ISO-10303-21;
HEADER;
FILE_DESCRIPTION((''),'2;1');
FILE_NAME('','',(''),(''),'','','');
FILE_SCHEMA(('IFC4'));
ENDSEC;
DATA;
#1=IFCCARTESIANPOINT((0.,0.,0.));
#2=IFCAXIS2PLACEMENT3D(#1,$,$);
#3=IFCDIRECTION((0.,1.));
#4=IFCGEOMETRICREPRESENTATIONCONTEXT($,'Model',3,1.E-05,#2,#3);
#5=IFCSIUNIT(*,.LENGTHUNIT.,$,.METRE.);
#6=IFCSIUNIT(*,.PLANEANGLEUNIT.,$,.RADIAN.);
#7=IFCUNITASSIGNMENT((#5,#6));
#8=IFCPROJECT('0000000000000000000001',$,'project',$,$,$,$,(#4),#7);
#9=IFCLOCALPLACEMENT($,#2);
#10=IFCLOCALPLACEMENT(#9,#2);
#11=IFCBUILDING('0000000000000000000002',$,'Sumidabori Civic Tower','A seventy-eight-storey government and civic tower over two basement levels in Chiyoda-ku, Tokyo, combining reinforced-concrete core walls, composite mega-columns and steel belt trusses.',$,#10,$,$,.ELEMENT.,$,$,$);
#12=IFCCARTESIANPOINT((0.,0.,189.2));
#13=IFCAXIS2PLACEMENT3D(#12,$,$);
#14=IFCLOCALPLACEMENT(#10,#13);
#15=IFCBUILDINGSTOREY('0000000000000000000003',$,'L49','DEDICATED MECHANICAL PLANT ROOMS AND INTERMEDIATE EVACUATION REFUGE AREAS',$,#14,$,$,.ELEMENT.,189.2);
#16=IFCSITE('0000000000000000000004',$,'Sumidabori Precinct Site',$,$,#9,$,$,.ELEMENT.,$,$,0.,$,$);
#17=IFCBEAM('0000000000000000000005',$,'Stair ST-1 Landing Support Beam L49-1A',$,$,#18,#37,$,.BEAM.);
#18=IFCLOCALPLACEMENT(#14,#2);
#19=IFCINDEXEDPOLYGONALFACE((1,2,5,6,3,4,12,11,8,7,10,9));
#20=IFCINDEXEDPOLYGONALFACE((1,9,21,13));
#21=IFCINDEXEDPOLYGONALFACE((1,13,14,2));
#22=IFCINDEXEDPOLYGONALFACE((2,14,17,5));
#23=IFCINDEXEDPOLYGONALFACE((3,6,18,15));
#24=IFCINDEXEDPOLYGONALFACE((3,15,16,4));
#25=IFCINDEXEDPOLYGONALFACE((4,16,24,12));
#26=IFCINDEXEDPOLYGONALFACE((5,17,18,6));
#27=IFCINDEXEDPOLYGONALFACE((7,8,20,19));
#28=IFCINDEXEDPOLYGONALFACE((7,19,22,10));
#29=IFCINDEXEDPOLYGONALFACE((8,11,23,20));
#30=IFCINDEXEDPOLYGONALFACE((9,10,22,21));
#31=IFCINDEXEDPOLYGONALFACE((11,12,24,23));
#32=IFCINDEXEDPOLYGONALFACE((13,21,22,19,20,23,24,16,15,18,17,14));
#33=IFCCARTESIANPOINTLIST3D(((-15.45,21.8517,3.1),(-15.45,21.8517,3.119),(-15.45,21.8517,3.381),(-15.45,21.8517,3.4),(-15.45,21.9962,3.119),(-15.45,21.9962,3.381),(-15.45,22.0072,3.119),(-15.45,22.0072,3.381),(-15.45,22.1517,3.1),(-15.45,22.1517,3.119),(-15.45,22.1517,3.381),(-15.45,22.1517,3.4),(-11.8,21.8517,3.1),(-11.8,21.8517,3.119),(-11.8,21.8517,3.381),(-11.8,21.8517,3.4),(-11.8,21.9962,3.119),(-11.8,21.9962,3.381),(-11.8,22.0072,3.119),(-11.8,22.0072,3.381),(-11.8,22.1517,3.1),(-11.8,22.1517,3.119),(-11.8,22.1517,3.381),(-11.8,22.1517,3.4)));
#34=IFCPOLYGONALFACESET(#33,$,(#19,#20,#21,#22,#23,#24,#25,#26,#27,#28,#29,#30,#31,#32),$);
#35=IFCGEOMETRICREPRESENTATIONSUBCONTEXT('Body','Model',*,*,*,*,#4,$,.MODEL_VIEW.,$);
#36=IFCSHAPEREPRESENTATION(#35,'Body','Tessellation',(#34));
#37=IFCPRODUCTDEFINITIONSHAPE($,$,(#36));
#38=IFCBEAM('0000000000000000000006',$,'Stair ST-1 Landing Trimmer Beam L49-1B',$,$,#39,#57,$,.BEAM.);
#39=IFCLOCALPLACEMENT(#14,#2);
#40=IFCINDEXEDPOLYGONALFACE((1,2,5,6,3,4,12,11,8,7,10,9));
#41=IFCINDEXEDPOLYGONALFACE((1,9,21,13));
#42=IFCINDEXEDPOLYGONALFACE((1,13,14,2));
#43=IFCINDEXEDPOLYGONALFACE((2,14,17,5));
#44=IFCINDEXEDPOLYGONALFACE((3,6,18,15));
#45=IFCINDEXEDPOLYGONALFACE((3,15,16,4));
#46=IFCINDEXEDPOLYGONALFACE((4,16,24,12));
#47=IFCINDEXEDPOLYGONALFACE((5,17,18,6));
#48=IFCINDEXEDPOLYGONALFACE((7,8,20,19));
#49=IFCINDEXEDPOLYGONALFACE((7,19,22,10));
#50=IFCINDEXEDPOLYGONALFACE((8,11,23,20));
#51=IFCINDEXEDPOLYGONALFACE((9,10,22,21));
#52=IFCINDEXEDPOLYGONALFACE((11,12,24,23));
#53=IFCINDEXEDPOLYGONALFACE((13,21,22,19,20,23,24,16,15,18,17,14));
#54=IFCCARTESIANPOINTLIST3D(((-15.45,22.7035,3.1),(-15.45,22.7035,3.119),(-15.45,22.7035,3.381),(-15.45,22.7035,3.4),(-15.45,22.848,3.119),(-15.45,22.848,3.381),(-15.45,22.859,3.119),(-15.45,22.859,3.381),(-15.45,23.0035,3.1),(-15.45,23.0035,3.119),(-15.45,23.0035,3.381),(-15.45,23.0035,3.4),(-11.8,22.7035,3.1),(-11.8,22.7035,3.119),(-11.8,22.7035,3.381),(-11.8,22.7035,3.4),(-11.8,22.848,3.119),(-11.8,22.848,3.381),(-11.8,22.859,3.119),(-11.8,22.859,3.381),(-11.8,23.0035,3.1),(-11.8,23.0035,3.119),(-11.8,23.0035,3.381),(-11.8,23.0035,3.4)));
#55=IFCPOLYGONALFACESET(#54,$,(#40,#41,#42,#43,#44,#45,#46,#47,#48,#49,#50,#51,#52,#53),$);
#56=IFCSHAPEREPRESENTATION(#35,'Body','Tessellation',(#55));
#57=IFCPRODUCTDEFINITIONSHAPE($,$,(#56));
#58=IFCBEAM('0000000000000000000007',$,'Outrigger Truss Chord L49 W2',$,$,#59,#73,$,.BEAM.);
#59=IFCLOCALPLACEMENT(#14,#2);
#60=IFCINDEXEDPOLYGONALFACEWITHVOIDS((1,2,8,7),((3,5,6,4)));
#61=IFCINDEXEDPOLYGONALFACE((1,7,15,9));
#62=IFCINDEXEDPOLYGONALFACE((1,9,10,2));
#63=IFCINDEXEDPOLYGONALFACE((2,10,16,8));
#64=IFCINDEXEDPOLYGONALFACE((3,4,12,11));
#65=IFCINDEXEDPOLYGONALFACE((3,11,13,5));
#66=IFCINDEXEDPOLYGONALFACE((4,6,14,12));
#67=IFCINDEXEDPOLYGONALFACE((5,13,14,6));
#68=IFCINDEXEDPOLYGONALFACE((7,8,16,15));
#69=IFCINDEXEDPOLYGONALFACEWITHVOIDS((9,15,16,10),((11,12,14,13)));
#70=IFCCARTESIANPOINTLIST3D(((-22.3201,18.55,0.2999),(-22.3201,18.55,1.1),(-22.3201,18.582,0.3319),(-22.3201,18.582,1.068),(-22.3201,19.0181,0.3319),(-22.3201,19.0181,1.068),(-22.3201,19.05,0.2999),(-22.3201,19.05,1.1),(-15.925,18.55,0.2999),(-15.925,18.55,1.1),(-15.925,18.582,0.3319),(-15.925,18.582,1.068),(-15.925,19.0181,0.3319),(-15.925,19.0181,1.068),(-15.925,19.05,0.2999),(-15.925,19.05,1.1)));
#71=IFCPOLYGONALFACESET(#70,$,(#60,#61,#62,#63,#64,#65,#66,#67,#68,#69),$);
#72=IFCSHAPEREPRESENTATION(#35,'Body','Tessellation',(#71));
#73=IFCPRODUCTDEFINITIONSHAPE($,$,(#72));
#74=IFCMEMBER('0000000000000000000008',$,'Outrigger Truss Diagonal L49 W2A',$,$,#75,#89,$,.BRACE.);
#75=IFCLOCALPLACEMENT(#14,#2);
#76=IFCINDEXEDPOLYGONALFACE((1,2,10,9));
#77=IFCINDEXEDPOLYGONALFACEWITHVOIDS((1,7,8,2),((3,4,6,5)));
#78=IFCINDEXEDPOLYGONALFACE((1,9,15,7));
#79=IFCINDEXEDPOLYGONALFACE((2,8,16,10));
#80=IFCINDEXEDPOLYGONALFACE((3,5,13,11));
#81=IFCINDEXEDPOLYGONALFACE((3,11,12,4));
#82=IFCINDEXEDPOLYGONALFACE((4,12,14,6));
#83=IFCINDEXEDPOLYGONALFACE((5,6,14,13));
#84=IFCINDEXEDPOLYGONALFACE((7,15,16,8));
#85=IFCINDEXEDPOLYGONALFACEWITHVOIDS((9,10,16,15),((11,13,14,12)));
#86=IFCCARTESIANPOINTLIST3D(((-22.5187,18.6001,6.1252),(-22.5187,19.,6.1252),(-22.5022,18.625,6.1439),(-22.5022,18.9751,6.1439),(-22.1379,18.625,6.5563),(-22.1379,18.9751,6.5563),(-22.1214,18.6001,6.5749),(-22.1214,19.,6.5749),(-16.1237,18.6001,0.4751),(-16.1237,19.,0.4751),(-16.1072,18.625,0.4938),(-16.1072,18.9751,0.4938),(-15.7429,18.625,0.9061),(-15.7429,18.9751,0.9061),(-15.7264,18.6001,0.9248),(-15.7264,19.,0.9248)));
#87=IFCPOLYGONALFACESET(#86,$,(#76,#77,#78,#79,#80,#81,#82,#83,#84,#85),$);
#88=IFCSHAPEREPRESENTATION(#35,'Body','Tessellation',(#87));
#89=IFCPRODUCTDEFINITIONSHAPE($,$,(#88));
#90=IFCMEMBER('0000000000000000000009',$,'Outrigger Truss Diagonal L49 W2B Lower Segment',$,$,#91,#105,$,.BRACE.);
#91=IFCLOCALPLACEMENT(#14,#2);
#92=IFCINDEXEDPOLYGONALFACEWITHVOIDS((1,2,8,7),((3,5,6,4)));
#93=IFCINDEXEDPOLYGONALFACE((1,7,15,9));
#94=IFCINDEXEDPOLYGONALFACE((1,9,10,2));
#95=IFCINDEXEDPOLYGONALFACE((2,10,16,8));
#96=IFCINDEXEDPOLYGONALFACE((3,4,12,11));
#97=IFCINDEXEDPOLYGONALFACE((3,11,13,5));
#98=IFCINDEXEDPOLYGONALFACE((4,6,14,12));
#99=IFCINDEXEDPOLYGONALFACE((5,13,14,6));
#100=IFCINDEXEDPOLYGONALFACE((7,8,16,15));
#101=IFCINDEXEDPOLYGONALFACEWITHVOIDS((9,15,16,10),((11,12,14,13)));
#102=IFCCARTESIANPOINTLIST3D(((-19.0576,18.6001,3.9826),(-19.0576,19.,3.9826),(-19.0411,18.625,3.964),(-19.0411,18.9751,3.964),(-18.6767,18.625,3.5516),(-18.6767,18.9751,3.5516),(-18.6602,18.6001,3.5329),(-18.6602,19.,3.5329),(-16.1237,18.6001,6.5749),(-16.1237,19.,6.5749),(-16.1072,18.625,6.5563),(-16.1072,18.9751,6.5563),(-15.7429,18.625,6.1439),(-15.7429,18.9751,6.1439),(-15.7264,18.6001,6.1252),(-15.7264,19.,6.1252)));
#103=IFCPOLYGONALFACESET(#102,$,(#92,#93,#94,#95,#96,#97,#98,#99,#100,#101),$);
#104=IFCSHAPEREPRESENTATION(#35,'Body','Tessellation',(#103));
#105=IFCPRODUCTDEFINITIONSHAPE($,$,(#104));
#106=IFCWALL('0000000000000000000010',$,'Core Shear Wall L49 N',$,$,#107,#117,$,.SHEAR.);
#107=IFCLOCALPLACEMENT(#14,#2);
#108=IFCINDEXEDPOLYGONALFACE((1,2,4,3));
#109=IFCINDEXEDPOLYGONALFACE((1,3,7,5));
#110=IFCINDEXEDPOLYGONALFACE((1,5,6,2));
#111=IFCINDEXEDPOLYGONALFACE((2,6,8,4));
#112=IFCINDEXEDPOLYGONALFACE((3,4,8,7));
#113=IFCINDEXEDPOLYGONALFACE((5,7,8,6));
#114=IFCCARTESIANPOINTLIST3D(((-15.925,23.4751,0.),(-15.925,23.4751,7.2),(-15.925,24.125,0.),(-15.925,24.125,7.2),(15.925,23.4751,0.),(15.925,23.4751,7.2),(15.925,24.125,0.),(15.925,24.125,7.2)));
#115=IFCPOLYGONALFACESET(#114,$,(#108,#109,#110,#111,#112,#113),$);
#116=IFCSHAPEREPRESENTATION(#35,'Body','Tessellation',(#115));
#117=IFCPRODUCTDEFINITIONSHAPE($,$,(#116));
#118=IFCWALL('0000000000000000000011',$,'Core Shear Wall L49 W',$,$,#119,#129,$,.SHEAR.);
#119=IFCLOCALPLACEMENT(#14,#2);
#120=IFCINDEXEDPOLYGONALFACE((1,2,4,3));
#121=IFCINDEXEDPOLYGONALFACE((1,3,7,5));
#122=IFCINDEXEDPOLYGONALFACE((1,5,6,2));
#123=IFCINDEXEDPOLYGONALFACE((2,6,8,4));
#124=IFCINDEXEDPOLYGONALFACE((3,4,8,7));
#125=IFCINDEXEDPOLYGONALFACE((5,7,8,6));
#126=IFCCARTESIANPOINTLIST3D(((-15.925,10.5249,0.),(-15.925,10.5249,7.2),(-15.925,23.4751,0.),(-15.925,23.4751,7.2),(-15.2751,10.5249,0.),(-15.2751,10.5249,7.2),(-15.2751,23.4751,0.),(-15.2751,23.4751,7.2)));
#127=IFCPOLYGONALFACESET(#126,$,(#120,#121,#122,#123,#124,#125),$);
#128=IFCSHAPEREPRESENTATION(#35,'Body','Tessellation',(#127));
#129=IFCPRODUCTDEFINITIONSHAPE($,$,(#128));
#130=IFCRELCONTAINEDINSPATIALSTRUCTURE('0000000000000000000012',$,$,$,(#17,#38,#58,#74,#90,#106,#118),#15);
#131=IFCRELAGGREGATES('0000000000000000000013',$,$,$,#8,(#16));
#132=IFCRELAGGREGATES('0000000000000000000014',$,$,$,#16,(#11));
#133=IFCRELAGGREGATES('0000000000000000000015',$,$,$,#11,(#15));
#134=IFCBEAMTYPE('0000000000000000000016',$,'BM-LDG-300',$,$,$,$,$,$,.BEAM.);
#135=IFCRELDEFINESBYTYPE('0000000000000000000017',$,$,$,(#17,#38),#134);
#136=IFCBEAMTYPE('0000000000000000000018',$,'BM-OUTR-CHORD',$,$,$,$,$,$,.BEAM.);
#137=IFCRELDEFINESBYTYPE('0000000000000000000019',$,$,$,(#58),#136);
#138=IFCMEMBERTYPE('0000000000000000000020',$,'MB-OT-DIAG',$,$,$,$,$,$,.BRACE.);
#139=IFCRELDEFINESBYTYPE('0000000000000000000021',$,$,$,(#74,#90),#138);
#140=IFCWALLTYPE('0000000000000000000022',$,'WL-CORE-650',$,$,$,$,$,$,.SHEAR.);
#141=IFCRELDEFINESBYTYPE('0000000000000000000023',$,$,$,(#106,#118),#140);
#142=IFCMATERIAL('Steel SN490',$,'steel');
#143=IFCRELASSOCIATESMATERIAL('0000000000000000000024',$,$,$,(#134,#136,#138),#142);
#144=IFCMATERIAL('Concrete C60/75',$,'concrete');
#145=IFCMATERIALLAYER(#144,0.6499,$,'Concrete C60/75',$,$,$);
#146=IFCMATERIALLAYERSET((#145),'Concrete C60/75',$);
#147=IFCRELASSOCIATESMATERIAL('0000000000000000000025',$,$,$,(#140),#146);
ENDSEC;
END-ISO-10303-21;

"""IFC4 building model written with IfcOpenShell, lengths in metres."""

from ifc_helpers import new_model, si_unit, direction, frame, frame_2d, origin, origin_2d, place, context, subcontext, project, spatial, rectangle, hollow_rectangle, i_section, extrude, source, transform, mapped, material, layer, layer_set, material_profile, profile_set, type_object, element, save


model = new_model("IFC4")

# Units and contexts
model_context = context("Model", 3, precision=1e-05, world=origin(), true_north=direction((0.0, 1.0)))
body_context = subcontext(model_context, "Body", "Model", "MODEL_VIEW")
ifc_project = project(units=[si_unit("LENGTHUNIT", "METRE"), si_unit("PLANEANGLEUNIT", "RADIAN")], contexts=[model_context])

# Site, building, storey
site_placement = place(None, origin())
site = spatial("IfcSite", under=ifc_project, at=site_placement, Name="Sumidabori Precinct Site", CompositionType="ELEMENT", RefElevation=0.0)
building_placement = place(site_placement, origin())
building = spatial("IfcBuilding", under=site, at=building_placement, Name="Sumidabori Civic Tower", Description="A seventy-eight-storey government and civic tower over two basement levels in Chiyoda-ku, Tokyo, combining reinforced-concrete core walls, composite mega-columns and steel belt trusses.", CompositionType="ELEMENT")
storey_placement = place(building_placement, frame((0.0, 0.0, 189.2)))
storey = spatial("IfcBuildingStorey", under=building, at=storey_placement, Name="L49", Description="DEDICATED MECHANICAL PLANT ROOMS AND INTERMEDIATE EVACUATION REFUGE AREAS", CompositionType="ELEMENT", Elevation=189.2)

# Beams
ifc_material_1 = material(Name="Steel SN490", Category="steel")
ifc_material_profile_1 = material_profile(ifc_material_1, i_section(OverallWidth=0.3, OverallDepth=0.3, WebThickness=0.011, FlangeThickness=0.019, at=origin_2d()), Name="HE 300 B")
ifc_profile_set_1 = profile_set([ifc_material_profile_1], Name="Steel SN490")
beam_type_1 = type_object("IfcBeamType", Name="BM-LDG-300", PredefinedType="BEAM", material=ifc_profile_set_1)
shared_shape_1 = source(origin(), body_context, "Body", "SweptSolid", [
    extrude(i_section(OverallWidth=0.3, OverallDepth=0.3, WebThickness=0.011, FlangeThickness=0.019, at=origin_2d()), origin(), (0.0, 0.0, 1.0), 3.6499),
])
for number, where, z_axis, x_axis, name in (
    (1, (-15.45, 22.0017, 3.25), (1.0, 0.0, 0.0), (0.0, 1.0, 0.0), "Stair ST-1 Landing Support Beam L49-1A"),
    (2, (-15.45, 22.8535, 3.25), (1.0, 0.0, 0.0), (0.0, 1.0, 0.0), "Stair ST-1 Landing Trimmer Beam L49-1B"),
):
    element("IfcBeam", number, at=place(storey_placement, frame(where, z_axis=z_axis, x_axis=x_axis)), inside=storey, type_object=beam_type_1, Name=name, PredefinedType="BEAM", context=body_context, shape_type="MappedRepresentation", body=[
        mapped(shared_shape_1, transform((0.0, 0.0, 0.0), x_axis=(1.0, 0.0, 0.0), y_axis=(0.0, 1.0, 0.0), z_axis=(0.0, 0.0, 1.0), scale=1.0)),
    ])
ifc_material_profile_2 = material_profile(ifc_material_1, hollow_rectangle(XDim=0.5, YDim=0.8, WallThickness=0.032, at=origin_2d()), Name="RHS 800x500x32")
ifc_profile_set_2 = profile_set([ifc_material_profile_2], Name="Steel SN490")
beam_type_2 = type_object("IfcBeamType", Name="BM-OUTR-CHORD", PredefinedType="BEAM", material=ifc_profile_set_2)
shared_shape_2 = source(origin(), body_context, "Body", "SweptSolid", [
    extrude(hollow_rectangle(XDim=0.5, YDim=0.8, WallThickness=0.032, at=origin_2d()), origin(), (0.0, 0.0, 1.0), 6.395),
])
beam_placement = place(storey_placement, frame((-15.925, 18.8, 0.7), z_axis=(-1.0, 0.0, 0.0), x_axis=(0.0, -1.0, 0.0)))
element("IfcBeam", 3, at=beam_placement, inside=storey, type_object=beam_type_2, Name="Outrigger Truss Chord L49 W2", PredefinedType="BEAM", context=body_context, shape_type="MappedRepresentation", body=[
    mapped(shared_shape_2, transform((0.0, 0.0, 0.0), x_axis=(1.0, 0.0, 0.0), y_axis=(0.0, 1.0, 0.0), z_axis=(0.0, 0.0, 1.0), scale=1.0)),
])

# Members
ifc_material_profile_3 = material_profile(ifc_material_1, hollow_rectangle(XDim=0.3999, YDim=0.6001, WallThickness=0.0249, at=origin_2d()), Name="RHS 600x400x25")
ifc_profile_set_3 = profile_set([ifc_material_profile_3], Name="Steel SN490")
member_type = type_object("IfcMemberType", Name="MB-OT-DIAG", PredefinedType="BRACE", material=ifc_profile_set_3)
shared_shape_3 = source(origin(), body_context, "Body", "SweptSolid", [
    extrude(hollow_rectangle(XDim=0.3999, YDim=0.6001, WallThickness=0.0249, at=origin_2d()), origin(), (0.0, 0.0, 1.0), 8.5334),
])
member_1_placement = place(storey_placement, frame((-15.925, 18.8, 0.7), z_axis=(-0.749403, 0.0, 0.662114), x_axis=(0.0, -1.0, 0.0)))
element("IfcMember", 4, at=member_1_placement, inside=storey, type_object=member_type, Name="Outrigger Truss Diagonal L49 W2A", PredefinedType="BRACE", context=body_context, shape_type="MappedRepresentation", body=[
    mapped(shared_shape_3, transform((0.0, 0.0, 0.0), x_axis=(1.0, 0.0, 0.0), y_axis=(0.0, 1.0, 0.0), z_axis=(0.0, 0.0, 1.0), scale=1.0)),
])
shared_shape_4 = source(origin(), body_context, "Body", "SweptSolid", [
    extrude(hollow_rectangle(XDim=0.3999, YDim=0.6001, WallThickness=0.0249, at=origin_2d()), origin(), (0.0, 0.0, 1.0), 3.915),
])
member_2_placement = place(storey_placement, frame((-15.925, 18.8, 6.3501), z_axis=(-0.749381, 0.0, -0.662139), x_axis=(0.0, -1.0, 0.0)))
element("IfcMember", 5, at=member_2_placement, inside=storey, type_object=member_type, Name="Outrigger Truss Diagonal L49 W2B Lower Segment", PredefinedType="BRACE", context=body_context, shape_type="MappedRepresentation", body=[
    mapped(shared_shape_4, transform((0.0, 0.0, 0.0), x_axis=(1.0, 0.0, 0.0), y_axis=(0.0, 1.0, 0.0), z_axis=(0.0, 0.0, 1.0), scale=1.0)),
])

# Walls
ifc_material_2 = material(Name="Concrete C60/75", Category="concrete")
ifc_layer_1 = layer(ifc_material_2, 0.6499, Name="Concrete C60/75")
ifc_layer_set_1 = layer_set([ifc_layer_1], Name="Concrete C60/75")
wall_type_1 = type_object("IfcWallType", Name="WL-CORE-650", PredefinedType="SHEAR", material=ifc_layer_set_1)
shared_shape_5 = source(origin(), body_context, "Body", "SweptSolid", [
    extrude(rectangle(XDim=31.8501, YDim=0.6499, at=frame_2d((15.925, 0.0))), origin(), (0.0, 0.0, 1.0), 7.2),
])
wall_1_placement = place(storey_placement, frame((-15.925, 23.8, 0.0), z_axis=(0.0, 0.0, 1.0), x_axis=(1.0, 0.0, 0.0)))
element("IfcWall", 6, at=wall_1_placement, inside=storey, type_object=wall_type_1, Name="Core Shear Wall L49 N", PredefinedType="SHEAR", context=body_context, shape_type="MappedRepresentation", body=[
    mapped(shared_shape_5, transform((0.0, 0.0, 0.0), x_axis=(1.0, 0.0, 0.0), y_axis=(0.0, 1.0, 0.0), z_axis=(0.0, 0.0, 1.0), scale=1.0)),
])
shared_shape_6 = source(origin(), body_context, "Body", "SweptSolid", [
    extrude(rectangle(XDim=12.9502, YDim=0.6499, at=frame_2d((6.4751, 0.0))), origin(), (0.0, 0.0, 1.0), 7.2),
])
wall_2_placement = place(storey_placement, frame((-15.6001, 10.5249, 0.0), z_axis=(0.0, 0.0, 1.0), x_axis=(0.0, 1.0, 0.0)))
element("IfcWall", 7, at=wall_2_placement, inside=storey, type_object=wall_type_1, Name="Core Shear Wall L49 W", PredefinedType="SHEAR", context=body_context, shape_type="MappedRepresentation", body=[
    mapped(shared_shape_6, transform((0.0, 0.0, 0.0), x_axis=(1.0, 0.0, 0.0), y_axis=(0.0, 1.0, 0.0), z_axis=(0.0, 0.0, 1.0), scale=1.0)),
])

save(model, "model.ifc")
